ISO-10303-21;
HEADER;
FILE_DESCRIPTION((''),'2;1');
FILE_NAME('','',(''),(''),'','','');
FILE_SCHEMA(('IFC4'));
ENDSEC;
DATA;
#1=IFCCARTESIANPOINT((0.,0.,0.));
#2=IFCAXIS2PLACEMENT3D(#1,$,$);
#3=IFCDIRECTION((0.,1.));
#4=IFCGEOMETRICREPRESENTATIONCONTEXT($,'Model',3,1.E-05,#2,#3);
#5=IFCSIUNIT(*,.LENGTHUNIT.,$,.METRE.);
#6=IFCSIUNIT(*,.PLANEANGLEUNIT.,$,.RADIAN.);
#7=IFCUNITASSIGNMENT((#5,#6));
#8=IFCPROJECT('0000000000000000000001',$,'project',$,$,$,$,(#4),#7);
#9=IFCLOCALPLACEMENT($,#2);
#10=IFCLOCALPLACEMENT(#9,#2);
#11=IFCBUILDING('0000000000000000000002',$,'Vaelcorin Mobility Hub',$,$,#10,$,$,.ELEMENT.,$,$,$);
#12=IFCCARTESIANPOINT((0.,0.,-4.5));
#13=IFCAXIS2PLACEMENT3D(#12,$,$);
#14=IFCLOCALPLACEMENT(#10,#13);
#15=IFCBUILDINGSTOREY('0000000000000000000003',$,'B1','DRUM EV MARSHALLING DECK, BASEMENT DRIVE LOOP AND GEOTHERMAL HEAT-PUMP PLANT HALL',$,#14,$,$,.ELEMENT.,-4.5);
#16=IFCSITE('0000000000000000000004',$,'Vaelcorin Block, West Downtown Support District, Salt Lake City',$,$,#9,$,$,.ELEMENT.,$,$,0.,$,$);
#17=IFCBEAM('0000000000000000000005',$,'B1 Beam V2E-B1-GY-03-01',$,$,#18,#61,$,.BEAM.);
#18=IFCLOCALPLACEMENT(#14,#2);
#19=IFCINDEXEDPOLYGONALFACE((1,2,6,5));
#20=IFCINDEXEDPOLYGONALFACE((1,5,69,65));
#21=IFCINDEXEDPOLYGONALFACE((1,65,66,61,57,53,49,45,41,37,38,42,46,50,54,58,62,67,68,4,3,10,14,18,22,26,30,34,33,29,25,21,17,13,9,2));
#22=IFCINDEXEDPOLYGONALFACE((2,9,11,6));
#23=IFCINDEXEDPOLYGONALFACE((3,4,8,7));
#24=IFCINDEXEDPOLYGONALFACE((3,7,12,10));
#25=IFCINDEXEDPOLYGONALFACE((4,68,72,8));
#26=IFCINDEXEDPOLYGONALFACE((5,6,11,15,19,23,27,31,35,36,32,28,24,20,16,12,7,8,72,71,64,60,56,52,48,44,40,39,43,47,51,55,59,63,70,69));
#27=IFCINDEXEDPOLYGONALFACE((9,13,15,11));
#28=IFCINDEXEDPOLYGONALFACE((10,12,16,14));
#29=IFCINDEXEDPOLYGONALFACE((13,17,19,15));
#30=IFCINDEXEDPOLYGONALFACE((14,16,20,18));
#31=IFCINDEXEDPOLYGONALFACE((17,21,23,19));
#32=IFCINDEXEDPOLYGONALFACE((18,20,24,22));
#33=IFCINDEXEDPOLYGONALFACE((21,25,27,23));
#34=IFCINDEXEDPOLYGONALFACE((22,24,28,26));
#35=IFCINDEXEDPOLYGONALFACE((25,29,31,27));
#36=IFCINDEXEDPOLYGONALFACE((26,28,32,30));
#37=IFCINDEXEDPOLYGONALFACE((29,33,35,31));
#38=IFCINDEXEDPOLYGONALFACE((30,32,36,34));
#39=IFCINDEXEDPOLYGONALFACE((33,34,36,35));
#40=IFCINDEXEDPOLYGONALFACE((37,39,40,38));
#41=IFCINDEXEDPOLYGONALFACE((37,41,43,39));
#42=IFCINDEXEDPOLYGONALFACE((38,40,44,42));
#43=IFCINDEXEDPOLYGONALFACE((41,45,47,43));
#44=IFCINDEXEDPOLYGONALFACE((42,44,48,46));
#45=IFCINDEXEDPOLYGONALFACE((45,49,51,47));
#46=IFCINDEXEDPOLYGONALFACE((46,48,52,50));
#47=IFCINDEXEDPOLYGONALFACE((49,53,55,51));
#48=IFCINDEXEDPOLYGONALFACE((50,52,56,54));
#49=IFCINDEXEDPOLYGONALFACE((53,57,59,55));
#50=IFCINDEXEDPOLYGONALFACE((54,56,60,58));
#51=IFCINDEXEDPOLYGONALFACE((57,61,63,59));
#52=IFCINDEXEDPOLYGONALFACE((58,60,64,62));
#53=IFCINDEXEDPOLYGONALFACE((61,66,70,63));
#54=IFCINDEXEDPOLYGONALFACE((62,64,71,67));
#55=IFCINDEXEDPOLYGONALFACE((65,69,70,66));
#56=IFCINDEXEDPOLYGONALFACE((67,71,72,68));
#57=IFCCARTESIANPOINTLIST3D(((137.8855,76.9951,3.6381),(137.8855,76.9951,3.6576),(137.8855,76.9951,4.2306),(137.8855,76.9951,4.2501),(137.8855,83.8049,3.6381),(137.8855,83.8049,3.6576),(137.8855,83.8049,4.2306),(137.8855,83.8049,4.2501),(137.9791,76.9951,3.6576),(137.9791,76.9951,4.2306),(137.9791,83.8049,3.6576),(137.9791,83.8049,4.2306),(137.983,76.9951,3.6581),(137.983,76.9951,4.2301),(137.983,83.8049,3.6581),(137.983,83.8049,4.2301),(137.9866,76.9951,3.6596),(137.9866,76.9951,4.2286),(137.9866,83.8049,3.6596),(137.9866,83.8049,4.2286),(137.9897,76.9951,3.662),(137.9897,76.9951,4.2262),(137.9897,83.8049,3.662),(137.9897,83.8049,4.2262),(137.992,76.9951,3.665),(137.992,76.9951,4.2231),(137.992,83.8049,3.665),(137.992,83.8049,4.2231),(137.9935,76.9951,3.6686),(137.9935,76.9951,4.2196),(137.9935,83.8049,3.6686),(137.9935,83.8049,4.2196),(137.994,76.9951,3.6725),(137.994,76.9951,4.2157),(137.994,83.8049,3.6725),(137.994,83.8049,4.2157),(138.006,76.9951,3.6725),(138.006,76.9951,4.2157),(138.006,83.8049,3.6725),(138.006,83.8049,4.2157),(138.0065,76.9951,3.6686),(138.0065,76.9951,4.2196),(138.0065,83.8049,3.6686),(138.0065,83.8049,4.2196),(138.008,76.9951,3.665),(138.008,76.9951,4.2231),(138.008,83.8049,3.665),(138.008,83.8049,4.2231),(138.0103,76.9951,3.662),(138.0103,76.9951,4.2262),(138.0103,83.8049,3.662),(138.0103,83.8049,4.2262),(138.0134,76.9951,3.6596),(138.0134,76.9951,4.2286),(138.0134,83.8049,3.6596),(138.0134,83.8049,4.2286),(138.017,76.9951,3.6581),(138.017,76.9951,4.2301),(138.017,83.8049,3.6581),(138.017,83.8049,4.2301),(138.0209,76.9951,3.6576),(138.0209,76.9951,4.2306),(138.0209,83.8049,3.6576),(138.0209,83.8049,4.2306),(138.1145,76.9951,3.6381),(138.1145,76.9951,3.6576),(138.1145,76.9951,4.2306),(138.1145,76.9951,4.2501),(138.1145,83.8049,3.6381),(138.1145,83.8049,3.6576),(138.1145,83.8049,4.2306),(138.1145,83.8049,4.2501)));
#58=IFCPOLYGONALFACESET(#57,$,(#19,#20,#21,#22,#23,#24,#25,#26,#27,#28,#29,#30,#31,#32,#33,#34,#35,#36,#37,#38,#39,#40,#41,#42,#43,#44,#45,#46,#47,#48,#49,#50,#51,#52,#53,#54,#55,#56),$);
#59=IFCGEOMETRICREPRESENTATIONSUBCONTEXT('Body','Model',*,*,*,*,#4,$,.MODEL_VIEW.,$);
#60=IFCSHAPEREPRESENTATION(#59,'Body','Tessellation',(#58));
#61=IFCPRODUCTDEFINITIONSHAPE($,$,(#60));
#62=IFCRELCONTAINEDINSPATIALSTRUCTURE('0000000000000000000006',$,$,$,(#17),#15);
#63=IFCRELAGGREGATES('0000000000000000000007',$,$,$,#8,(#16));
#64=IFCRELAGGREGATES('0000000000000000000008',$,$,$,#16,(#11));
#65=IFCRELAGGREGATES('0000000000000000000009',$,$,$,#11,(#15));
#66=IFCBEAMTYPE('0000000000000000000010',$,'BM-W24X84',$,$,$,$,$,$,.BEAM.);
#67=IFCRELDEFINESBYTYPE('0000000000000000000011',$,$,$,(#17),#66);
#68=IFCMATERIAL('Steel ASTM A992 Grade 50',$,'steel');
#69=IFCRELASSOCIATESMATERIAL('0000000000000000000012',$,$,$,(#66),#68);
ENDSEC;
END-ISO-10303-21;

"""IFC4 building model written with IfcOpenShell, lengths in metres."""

from ifc_helpers import new_model, si_unit, direction, frame, origin, origin_2d, place, context, subcontext, project, spatial, i_section, extrude, material, material_profile, profile_set, type_object, element, save


model = new_model("IFC4")

# Units and contexts
model_context = context("Model", 3, precision=1e-05, world=origin(), true_north=direction((0.0, 1.0)))
body_context = subcontext(model_context, "Body", "Model", "MODEL_VIEW")
ifc_project = project(units=[si_unit("LENGTHUNIT", "METRE"), si_unit("PLANEANGLEUNIT", "RADIAN")], contexts=[model_context])

# Site, building, storey
site_placement = place(None, origin())
site = spatial("IfcSite", under=ifc_project, at=site_placement, Name="Vaelcorin Block, West Downtown Support District, Salt Lake City", CompositionType="ELEMENT", RefElevation=0.0)
building_placement = place(site_placement, origin())
building = spatial("IfcBuilding", under=site, at=building_placement, Name="Vaelcorin Mobility Hub", CompositionType="ELEMENT")
storey_placement = place(building_placement, frame((0.0, 0.0, -4.5)))
storey = spatial("IfcBuildingStorey", under=building, at=storey_placement, Name="B1", Description="DRUM EV MARSHALLING DECK, BASEMENT DRIVE LOOP AND GEOTHERMAL HEAT-PUMP PLANT HALL", CompositionType="ELEMENT", Elevation=-4.5)

# Shared definitions
ifc_material_1 = material(Name="Steel ASTM A992 Grade 50", Category="steel")

# Beam
ifc_material_profile_1 = material_profile(ifc_material_1, i_section(OverallWidth=0.229, OverallDepth=0.6121, WebThickness=0.012, FlangeThickness=0.0195, FilletRadius=0.0149, at=origin_2d()), Name="W24X84")
ifc_profile_set_1 = profile_set([ifc_material_profile_1], Name="Steel ASTM A992 Grade 50")
beam_type_1 = type_object("IfcBeamType", Name="BM-W24X84", PredefinedType="BEAM", material=ifc_profile_set_1)
for number, where, z_axis, x_axis, name in (
    (1, (138.0, 76.9951, 3.9441), (0.0, 1.0, 0.0), (-1.0, 0.0, 0.0), "B1 Beam V2E-B1-GY-03-01"),
):
    element("IfcBeam", number, at=place(storey_placement, frame(where, z_axis=z_axis, x_axis=x_axis)), inside=storey, type_object=beam_type_1, Name=name, PredefinedType="BEAM", context=body_context, shape_type="SweptSolid", body=[
        extrude(i_section(OverallWidth=0.229, OverallDepth=0.6121, WebThickness=0.012, FlangeThickness=0.0195, FilletRadius=0.0149, at=origin_2d()), origin(), (0.0, 0.0, 1.0), 6.8098),
    ])

save(model, "model.ifc")
